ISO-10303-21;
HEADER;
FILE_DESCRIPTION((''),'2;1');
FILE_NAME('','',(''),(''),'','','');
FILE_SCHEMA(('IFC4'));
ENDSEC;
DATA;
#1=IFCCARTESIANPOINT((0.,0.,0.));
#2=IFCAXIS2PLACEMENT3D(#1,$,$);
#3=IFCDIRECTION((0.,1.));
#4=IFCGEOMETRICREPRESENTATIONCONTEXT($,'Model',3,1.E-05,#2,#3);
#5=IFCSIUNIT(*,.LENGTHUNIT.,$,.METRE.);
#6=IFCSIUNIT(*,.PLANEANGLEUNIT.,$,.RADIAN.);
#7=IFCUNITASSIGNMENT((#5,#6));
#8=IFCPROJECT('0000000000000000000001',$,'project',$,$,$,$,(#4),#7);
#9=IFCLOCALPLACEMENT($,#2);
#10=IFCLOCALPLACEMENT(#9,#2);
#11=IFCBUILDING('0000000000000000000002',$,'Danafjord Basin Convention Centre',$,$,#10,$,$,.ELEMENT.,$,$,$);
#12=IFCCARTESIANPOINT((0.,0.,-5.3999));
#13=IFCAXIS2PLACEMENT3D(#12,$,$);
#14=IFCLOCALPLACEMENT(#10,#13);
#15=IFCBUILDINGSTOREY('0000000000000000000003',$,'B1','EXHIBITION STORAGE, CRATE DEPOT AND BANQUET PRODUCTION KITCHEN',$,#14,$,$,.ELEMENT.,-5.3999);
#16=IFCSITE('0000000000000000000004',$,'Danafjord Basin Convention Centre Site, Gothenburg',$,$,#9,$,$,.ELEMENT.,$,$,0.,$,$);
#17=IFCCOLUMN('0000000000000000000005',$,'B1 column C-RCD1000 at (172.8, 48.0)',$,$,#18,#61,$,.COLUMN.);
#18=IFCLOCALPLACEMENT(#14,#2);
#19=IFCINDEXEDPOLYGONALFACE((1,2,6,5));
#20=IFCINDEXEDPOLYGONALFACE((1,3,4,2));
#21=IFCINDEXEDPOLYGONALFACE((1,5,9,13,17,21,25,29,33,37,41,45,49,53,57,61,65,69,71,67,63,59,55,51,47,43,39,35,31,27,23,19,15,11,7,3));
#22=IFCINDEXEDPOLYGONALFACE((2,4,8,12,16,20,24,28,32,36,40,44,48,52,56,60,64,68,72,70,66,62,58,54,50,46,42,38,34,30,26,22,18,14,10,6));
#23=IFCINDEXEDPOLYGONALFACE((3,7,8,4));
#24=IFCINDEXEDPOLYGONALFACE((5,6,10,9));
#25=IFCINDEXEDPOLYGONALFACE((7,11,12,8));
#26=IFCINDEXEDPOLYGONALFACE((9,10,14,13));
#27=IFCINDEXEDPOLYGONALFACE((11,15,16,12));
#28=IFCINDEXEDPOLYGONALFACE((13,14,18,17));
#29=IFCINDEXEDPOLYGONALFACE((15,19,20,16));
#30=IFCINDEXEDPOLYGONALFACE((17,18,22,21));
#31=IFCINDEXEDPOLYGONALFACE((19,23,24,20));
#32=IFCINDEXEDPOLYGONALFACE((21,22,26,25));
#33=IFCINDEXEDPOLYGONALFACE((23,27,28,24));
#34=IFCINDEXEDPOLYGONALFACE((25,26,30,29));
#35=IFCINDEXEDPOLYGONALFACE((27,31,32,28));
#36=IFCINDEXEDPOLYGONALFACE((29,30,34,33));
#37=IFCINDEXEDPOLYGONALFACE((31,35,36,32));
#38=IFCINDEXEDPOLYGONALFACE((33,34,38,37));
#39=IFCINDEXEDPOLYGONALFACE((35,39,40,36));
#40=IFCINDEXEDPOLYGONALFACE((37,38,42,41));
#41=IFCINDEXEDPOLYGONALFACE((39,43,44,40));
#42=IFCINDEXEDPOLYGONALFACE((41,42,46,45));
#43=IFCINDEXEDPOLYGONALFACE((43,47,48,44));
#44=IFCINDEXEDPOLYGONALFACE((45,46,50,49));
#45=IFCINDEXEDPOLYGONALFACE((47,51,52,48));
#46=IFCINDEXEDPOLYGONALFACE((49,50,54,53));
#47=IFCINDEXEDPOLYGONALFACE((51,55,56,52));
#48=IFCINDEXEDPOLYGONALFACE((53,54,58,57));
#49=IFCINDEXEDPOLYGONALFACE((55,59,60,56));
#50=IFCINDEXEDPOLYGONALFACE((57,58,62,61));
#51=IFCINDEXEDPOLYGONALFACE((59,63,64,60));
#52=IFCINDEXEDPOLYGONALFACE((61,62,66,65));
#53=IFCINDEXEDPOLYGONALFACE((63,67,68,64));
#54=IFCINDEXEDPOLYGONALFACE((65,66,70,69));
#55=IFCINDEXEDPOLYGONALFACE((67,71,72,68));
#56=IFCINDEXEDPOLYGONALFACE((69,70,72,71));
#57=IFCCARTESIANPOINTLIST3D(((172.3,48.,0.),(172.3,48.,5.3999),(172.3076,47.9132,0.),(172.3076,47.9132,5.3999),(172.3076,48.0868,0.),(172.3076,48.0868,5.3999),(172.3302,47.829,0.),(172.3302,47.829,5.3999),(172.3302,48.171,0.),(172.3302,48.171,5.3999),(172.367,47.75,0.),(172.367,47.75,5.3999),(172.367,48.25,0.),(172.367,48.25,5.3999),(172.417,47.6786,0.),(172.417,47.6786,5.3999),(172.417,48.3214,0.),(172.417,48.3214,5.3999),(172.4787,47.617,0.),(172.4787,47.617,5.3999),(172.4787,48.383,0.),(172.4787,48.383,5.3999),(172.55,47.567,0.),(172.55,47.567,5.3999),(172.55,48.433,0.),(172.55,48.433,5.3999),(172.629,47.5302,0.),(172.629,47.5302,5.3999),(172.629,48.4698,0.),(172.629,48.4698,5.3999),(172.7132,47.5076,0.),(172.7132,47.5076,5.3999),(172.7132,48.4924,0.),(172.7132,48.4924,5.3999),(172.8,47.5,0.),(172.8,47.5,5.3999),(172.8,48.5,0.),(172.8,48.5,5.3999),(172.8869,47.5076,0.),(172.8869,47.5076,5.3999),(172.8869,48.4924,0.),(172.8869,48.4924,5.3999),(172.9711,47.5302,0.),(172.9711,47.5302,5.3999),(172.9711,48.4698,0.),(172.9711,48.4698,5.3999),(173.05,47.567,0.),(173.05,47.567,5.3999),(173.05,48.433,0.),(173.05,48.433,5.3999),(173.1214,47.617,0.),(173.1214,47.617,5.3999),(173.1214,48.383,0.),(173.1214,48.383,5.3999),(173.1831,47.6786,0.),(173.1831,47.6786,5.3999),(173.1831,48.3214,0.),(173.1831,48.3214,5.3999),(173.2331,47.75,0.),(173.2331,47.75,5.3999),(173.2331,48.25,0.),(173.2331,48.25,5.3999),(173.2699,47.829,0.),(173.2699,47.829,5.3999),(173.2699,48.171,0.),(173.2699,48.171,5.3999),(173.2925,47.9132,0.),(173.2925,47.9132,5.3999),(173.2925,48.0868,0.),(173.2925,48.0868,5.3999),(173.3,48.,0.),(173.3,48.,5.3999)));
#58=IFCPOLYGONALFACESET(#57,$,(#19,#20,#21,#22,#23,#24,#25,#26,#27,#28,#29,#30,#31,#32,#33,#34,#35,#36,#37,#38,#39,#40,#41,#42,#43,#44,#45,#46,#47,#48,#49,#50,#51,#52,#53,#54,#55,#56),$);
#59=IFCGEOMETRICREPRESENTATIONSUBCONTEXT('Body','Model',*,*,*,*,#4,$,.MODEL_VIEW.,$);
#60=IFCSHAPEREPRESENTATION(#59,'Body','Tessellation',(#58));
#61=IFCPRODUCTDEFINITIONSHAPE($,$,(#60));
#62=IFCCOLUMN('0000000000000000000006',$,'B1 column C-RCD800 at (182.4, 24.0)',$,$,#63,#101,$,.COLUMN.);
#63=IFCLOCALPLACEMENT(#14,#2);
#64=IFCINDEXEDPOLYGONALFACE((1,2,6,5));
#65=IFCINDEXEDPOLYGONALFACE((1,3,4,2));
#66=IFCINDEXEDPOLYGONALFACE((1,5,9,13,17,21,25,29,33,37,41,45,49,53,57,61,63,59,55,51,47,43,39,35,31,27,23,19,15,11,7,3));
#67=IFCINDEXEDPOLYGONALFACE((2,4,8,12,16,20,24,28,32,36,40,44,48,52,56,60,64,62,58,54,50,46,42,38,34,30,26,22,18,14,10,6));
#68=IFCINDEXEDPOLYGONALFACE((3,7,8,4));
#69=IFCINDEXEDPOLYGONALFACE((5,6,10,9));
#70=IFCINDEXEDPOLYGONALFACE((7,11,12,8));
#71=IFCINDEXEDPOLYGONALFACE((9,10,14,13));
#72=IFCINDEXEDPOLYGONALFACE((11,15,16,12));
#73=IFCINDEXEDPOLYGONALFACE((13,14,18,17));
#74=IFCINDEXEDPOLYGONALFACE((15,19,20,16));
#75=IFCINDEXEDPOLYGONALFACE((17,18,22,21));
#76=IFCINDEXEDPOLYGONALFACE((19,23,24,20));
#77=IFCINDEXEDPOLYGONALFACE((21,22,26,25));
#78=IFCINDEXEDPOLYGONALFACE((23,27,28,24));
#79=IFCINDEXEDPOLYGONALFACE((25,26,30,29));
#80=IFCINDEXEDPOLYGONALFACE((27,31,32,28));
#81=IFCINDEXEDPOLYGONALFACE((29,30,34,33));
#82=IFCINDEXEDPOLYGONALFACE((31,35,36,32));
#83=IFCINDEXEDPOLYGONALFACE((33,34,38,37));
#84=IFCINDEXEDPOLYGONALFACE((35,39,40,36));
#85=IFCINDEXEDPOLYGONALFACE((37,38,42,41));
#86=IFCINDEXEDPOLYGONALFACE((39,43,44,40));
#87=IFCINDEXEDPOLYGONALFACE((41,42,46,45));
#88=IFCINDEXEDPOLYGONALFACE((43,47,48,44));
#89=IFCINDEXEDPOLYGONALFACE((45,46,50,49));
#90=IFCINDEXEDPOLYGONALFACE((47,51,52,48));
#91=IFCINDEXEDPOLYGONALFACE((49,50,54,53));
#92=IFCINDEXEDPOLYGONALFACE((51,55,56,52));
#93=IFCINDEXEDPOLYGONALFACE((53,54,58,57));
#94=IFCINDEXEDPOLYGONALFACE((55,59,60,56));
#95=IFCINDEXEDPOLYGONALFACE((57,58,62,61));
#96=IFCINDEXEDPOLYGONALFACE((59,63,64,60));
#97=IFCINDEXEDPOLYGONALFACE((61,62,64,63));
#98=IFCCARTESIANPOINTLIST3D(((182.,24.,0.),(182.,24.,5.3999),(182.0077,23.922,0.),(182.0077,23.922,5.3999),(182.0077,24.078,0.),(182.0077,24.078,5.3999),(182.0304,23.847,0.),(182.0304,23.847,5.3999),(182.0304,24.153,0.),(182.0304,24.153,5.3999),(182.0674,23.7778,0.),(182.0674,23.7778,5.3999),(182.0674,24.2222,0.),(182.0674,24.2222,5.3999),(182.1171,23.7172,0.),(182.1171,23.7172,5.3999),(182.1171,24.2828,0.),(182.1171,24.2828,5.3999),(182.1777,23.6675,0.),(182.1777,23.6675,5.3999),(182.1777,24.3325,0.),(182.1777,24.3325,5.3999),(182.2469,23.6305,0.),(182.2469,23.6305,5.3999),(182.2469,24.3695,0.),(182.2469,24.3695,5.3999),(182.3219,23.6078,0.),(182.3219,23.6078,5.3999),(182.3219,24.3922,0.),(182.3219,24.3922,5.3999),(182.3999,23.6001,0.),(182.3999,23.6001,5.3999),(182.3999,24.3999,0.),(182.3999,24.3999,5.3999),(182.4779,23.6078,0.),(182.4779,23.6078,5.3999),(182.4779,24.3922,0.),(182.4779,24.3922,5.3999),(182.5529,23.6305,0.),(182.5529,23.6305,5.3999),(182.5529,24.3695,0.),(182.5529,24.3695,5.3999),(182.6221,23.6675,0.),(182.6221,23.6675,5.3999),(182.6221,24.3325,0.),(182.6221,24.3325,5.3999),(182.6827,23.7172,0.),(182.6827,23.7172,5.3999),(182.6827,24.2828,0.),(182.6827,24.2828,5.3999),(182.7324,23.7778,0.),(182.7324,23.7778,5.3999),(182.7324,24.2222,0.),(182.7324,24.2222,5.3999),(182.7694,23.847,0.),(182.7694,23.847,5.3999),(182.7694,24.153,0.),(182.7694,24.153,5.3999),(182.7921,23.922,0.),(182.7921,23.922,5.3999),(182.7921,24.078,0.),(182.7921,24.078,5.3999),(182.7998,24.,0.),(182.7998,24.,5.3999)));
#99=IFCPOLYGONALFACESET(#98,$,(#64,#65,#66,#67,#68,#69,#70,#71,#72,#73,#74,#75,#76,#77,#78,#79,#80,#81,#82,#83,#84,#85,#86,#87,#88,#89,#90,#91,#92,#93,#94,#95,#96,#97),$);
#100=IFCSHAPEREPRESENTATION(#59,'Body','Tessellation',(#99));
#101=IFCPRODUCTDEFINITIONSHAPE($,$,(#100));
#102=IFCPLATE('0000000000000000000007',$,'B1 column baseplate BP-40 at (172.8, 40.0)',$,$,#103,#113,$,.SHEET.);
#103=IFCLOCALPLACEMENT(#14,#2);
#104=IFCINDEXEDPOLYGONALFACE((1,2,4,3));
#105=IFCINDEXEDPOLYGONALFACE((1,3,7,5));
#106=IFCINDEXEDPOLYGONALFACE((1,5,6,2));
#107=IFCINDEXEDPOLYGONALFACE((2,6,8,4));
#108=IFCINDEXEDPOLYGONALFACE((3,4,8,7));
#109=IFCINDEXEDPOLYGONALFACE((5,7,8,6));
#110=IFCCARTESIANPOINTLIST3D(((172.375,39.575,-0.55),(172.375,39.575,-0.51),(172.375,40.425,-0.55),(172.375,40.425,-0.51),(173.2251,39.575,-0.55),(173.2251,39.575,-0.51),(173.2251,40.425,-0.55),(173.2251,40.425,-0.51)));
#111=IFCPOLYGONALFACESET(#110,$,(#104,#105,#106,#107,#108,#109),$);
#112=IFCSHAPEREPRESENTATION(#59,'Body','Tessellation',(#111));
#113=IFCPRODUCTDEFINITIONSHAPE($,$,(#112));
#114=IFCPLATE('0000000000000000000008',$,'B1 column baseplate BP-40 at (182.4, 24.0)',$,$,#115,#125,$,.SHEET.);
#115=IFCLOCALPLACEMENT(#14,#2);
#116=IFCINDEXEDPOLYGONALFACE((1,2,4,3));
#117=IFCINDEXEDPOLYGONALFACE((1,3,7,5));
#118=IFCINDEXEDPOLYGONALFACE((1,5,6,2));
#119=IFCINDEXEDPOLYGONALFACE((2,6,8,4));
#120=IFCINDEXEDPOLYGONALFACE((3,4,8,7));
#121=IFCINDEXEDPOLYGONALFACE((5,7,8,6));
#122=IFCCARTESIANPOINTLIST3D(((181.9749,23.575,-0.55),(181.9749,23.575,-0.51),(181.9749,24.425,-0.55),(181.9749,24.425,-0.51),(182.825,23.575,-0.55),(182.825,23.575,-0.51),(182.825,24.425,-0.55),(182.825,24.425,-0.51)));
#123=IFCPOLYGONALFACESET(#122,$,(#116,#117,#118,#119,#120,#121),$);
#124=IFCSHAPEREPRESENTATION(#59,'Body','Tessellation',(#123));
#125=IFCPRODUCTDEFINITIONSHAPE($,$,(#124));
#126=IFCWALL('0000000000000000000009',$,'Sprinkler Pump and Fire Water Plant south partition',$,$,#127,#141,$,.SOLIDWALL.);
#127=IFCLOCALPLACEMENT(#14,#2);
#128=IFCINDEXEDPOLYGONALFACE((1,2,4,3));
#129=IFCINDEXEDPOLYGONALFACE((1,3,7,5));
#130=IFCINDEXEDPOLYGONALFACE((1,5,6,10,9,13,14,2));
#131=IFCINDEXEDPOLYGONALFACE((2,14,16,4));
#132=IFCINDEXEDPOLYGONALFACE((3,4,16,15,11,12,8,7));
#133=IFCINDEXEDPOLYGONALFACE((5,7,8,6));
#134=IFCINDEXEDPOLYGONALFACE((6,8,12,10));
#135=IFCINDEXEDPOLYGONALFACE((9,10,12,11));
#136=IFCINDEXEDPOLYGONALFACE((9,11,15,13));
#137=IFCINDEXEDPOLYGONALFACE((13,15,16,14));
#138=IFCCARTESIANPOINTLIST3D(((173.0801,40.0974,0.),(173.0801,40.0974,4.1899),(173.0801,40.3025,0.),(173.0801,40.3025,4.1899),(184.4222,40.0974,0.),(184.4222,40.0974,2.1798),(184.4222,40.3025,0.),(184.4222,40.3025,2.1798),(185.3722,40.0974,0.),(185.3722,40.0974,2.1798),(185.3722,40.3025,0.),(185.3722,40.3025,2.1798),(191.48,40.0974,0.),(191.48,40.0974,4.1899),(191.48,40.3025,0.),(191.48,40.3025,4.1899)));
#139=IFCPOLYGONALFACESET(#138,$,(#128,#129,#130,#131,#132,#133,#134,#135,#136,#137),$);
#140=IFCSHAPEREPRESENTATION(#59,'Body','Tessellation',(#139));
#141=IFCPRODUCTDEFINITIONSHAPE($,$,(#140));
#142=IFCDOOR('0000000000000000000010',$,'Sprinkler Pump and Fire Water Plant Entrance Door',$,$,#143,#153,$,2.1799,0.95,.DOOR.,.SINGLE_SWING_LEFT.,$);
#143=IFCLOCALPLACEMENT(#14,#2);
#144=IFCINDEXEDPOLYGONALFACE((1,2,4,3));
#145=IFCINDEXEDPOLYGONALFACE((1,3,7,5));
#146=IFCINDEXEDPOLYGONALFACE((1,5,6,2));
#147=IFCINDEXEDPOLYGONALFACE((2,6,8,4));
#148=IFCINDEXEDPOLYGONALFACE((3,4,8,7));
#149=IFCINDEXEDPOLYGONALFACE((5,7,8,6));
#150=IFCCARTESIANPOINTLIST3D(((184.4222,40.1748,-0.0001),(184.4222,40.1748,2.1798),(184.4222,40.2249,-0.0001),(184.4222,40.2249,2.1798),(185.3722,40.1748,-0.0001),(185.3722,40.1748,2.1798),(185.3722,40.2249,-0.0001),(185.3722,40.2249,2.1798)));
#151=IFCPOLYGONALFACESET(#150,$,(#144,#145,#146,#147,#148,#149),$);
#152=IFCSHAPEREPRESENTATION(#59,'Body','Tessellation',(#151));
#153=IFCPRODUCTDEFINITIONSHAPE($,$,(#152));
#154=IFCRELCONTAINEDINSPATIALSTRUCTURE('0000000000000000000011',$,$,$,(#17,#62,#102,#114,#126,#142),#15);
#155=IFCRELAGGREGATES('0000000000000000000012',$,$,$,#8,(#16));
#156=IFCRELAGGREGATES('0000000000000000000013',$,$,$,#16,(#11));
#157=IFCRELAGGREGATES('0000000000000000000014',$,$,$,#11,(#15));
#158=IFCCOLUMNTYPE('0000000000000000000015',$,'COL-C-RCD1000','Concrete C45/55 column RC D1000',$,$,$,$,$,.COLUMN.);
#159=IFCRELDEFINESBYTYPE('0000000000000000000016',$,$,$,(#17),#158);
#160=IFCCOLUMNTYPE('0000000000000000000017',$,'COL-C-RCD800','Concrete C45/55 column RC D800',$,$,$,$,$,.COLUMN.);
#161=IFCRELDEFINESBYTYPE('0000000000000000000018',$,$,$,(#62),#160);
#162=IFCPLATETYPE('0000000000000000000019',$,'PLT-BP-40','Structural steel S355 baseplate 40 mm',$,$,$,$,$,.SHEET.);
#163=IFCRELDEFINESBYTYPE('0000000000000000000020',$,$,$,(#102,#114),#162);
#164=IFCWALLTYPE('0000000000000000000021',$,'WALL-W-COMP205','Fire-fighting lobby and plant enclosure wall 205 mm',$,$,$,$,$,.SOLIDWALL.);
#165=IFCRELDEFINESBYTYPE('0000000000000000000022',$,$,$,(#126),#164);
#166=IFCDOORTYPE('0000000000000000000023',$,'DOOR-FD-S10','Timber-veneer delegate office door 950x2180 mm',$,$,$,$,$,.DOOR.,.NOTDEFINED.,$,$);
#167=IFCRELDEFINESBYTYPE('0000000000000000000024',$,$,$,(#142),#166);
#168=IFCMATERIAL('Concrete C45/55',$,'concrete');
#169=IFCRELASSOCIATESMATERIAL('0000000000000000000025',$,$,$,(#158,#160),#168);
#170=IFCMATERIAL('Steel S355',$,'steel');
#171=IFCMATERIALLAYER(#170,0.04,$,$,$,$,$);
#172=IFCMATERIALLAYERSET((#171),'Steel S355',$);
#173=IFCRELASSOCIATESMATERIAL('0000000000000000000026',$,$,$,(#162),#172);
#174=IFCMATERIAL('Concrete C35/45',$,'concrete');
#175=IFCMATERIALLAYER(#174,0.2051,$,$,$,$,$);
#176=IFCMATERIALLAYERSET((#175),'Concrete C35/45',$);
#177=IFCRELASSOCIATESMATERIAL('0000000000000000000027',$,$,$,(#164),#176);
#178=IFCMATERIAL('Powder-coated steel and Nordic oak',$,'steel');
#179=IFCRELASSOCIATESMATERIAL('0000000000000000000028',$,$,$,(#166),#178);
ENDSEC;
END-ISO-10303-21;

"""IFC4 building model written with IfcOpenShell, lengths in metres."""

from ifc_helpers import new_model, si_unit, direction, frame, frame_2d, origin, origin_2d, place, context, subcontext, project, spatial, rectangle, circle, extrude, material, layer, layer_set, material_profile, profile_set, type_object, element, fill, save


model = new_model("IFC4")

# Units and contexts
model_context = context("Model", 3, precision=1e-05, world=origin(), true_north=direction((0.0, 1.0)))
body_context = subcontext(model_context, "Body", "Model", "MODEL_VIEW")
ifc_project = project(units=[si_unit("LENGTHUNIT", "METRE"), si_unit("PLANEANGLEUNIT", "RADIAN")], contexts=[model_context])

# Site, building, storey
site_placement = place(None, origin())
site = spatial("IfcSite", under=ifc_project, at=site_placement, Name="Danafjord Basin Convention Centre Site, Gothenburg", CompositionType="ELEMENT", RefElevation=0.0)
building_placement = place(site_placement, origin())
building = spatial("IfcBuilding", under=site, at=building_placement, Name="Danafjord Basin Convention Centre", CompositionType="ELEMENT")
storey_placement = place(building_placement, frame((0.0, 0.0, -5.3999)))
storey = spatial("IfcBuildingStorey", under=building, at=storey_placement, Name="B1", Description="EXHIBITION STORAGE, CRATE DEPOT AND BANQUET PRODUCTION KITCHEN", CompositionType="ELEMENT", Elevation=-5.3999)

# Shared definitions
ifc_material_1 = material(Name="Concrete C35/45", Category="concrete")

# Columns
ifc_material_2 = material(Name="Concrete C45/55", Category="concrete")
ifc_material_profile_1 = material_profile(ifc_material_2, circle(Radius=0.5, at=origin_2d()), Name="RC D1000")
ifc_profile_set_1 = profile_set([ifc_material_profile_1], Name="Concrete C45/55")
column_type_1 = type_object("IfcColumnType", Name="COL-C-RCD1000", Description="Concrete C45/55 column RC D1000", PredefinedType="COLUMN", material=ifc_profile_set_1)
column_1_placement = place(storey_placement, frame((172.8, 48.0, 0.0), z_axis=(0.0, 0.0, 1.0), x_axis=(1.0, 0.0, 0.0)))
element("IfcColumn", 1, at=column_1_placement, inside=storey, type_object=column_type_1, Name="B1 column C-RCD1000 at (172.8, 48.0)", PredefinedType="COLUMN", context=body_context, shape_type="SweptSolid", body=[
    extrude(circle(Radius=0.5, at=origin_2d()), origin(), (0.0, 0.0, 1.0), 5.3999),
])
ifc_material_profile_2 = material_profile(ifc_material_2, circle(Radius=0.3999, at=origin_2d()), Name="RC D800")
ifc_profile_set_2 = profile_set([ifc_material_profile_2], Name="Concrete C45/55")
column_type_2 = type_object("IfcColumnType", Name="COL-C-RCD800", Description="Concrete C45/55 column RC D800", PredefinedType="COLUMN", material=ifc_profile_set_2)
column_2_placement = place(storey_placement, frame((182.3999, 24.0, 0.0), z_axis=(0.0, 0.0, 1.0), x_axis=(1.0, 0.0, 0.0)))
element("IfcColumn", 2, at=column_2_placement, inside=storey, type_object=column_type_2, Name="B1 column C-RCD800 at (182.4, 24.0)", PredefinedType="COLUMN", context=body_context, shape_type="SweptSolid", body=[
    extrude(circle(Radius=0.3999, at=origin_2d()), origin(), (0.0, 0.0, 1.0), 5.3999),
])

# Plates
ifc_material_3 = material(Name="Steel S355", Category="steel")
ifc_layer_1 = layer(ifc_material_3, 0.04)
ifc_layer_set_1 = layer_set([ifc_layer_1], Name="Steel S355")
plate_type = type_object("IfcPlateType", Name="PLT-BP-40", Description="Structural steel S355 baseplate 40 mm", PredefinedType="SHEET", material=ifc_layer_set_1)
for number, where, z_axis, x_axis, name in (
    (3, (172.8, 40.0, -0.55), (0.0, 0.0, 1.0), (1.0, 0.0, 0.0), "B1 column baseplate BP-40 at (172.8, 40.0)"),
    (4, (182.3999, 24.0, -0.55), (0.0, 0.0, 1.0), (1.0, 0.0, 0.0), "B1 column baseplate BP-40 at (182.4, 24.0)"),
):
    element("IfcPlate", number, at=place(storey_placement, frame(where, z_axis=z_axis, x_axis=x_axis)), inside=storey, type_object=plate_type, Name=name, PredefinedType="SHEET", context=body_context, shape_type="SweptSolid", body=[
        extrude(rectangle(XDim=0.8501, YDim=0.8501, at=origin_2d()), origin(), (0.0, 0.0, 1.0), 0.04),
    ])

# Wall, opening, door
ifc_layer_2 = layer(ifc_material_1, 0.2051)
ifc_layer_set_2 = layer_set([ifc_layer_2], Name="Concrete C35/45")
wall_type = type_object("IfcWallType", Name="WALL-W-COMP205", Description="Fire-fighting lobby and plant enclosure wall 205 mm", PredefinedType="SOLIDWALL", material=ifc_layer_set_2)
wall_placement = place(storey_placement, frame((173.0801, 40.2, 0.0), z_axis=(0.0, 0.0, 1.0), x_axis=(1.0, 0.0, 0.0)))
wall = element("IfcWall", 5, at=wall_placement, inside=storey, type_object=wall_type, Name="Sprinkler Pump and Fire Water Plant south partition", PredefinedType="SOLIDWALL", context=body_context, shape_type="SweptSolid", body=[
    extrude(rectangle(XDim=18.3999, YDim=0.2051, at=frame_2d((9.2, 0.0))), origin(), (0.0, 0.0, 1.0), 4.1899),
])
opening_placement = place(wall_placement, frame((11.342, 0.0, 0.0)))
opening = element("IfcOpeningElement", 6, at=opening_placement, cuts=wall, PredefinedType="OPENING", context=body_context, shape_type="SweptSolid", body=[
    extrude(rectangle(XDim=0.95, YDim=2.1799, at=frame_2d((0.4751, 1.0898))), frame((0.0, 0.1125, 0.0), z_axis=(0.0, -1.0, 0.0), x_axis=(1.0, 0.0, 0.0)), (0.0, 0.0, 1.0), 0.2251),
])
ifc_material_4 = material(Name="Powder-coated steel and Nordic oak", Category="steel")
door_type = type_object("IfcDoorType", Name="DOOR-FD-S10", Description="Timber-veneer delegate office door 950x2180 mm", OperationType="NOTDEFINED", PredefinedType="DOOR", material=ifc_material_4)
door_placement = place(opening_placement, origin())
door = element("IfcDoor", 7, at=door_placement, inside=storey, type_object=door_type, Name="Sprinkler Pump and Fire Water Plant Entrance Door", OperationType="SINGLE_SWING_LEFT", OverallHeight=2.1799, OverallWidth=0.95, PredefinedType="DOOR", context=body_context, shape_type="SweptSolid", body=[
    extrude(rectangle(XDim=0.95, YDim=2.1799, at=frame_2d((0.4751, 1.0898))), frame((0.0, 0.0249, 0.0), z_axis=(0.0, -1.0, 0.0), x_axis=(1.0, 0.0, 0.0)), (0.0, 0.0, 1.0), 0.05),
])
fill(opening, door)

save(model, "model.ifc")
